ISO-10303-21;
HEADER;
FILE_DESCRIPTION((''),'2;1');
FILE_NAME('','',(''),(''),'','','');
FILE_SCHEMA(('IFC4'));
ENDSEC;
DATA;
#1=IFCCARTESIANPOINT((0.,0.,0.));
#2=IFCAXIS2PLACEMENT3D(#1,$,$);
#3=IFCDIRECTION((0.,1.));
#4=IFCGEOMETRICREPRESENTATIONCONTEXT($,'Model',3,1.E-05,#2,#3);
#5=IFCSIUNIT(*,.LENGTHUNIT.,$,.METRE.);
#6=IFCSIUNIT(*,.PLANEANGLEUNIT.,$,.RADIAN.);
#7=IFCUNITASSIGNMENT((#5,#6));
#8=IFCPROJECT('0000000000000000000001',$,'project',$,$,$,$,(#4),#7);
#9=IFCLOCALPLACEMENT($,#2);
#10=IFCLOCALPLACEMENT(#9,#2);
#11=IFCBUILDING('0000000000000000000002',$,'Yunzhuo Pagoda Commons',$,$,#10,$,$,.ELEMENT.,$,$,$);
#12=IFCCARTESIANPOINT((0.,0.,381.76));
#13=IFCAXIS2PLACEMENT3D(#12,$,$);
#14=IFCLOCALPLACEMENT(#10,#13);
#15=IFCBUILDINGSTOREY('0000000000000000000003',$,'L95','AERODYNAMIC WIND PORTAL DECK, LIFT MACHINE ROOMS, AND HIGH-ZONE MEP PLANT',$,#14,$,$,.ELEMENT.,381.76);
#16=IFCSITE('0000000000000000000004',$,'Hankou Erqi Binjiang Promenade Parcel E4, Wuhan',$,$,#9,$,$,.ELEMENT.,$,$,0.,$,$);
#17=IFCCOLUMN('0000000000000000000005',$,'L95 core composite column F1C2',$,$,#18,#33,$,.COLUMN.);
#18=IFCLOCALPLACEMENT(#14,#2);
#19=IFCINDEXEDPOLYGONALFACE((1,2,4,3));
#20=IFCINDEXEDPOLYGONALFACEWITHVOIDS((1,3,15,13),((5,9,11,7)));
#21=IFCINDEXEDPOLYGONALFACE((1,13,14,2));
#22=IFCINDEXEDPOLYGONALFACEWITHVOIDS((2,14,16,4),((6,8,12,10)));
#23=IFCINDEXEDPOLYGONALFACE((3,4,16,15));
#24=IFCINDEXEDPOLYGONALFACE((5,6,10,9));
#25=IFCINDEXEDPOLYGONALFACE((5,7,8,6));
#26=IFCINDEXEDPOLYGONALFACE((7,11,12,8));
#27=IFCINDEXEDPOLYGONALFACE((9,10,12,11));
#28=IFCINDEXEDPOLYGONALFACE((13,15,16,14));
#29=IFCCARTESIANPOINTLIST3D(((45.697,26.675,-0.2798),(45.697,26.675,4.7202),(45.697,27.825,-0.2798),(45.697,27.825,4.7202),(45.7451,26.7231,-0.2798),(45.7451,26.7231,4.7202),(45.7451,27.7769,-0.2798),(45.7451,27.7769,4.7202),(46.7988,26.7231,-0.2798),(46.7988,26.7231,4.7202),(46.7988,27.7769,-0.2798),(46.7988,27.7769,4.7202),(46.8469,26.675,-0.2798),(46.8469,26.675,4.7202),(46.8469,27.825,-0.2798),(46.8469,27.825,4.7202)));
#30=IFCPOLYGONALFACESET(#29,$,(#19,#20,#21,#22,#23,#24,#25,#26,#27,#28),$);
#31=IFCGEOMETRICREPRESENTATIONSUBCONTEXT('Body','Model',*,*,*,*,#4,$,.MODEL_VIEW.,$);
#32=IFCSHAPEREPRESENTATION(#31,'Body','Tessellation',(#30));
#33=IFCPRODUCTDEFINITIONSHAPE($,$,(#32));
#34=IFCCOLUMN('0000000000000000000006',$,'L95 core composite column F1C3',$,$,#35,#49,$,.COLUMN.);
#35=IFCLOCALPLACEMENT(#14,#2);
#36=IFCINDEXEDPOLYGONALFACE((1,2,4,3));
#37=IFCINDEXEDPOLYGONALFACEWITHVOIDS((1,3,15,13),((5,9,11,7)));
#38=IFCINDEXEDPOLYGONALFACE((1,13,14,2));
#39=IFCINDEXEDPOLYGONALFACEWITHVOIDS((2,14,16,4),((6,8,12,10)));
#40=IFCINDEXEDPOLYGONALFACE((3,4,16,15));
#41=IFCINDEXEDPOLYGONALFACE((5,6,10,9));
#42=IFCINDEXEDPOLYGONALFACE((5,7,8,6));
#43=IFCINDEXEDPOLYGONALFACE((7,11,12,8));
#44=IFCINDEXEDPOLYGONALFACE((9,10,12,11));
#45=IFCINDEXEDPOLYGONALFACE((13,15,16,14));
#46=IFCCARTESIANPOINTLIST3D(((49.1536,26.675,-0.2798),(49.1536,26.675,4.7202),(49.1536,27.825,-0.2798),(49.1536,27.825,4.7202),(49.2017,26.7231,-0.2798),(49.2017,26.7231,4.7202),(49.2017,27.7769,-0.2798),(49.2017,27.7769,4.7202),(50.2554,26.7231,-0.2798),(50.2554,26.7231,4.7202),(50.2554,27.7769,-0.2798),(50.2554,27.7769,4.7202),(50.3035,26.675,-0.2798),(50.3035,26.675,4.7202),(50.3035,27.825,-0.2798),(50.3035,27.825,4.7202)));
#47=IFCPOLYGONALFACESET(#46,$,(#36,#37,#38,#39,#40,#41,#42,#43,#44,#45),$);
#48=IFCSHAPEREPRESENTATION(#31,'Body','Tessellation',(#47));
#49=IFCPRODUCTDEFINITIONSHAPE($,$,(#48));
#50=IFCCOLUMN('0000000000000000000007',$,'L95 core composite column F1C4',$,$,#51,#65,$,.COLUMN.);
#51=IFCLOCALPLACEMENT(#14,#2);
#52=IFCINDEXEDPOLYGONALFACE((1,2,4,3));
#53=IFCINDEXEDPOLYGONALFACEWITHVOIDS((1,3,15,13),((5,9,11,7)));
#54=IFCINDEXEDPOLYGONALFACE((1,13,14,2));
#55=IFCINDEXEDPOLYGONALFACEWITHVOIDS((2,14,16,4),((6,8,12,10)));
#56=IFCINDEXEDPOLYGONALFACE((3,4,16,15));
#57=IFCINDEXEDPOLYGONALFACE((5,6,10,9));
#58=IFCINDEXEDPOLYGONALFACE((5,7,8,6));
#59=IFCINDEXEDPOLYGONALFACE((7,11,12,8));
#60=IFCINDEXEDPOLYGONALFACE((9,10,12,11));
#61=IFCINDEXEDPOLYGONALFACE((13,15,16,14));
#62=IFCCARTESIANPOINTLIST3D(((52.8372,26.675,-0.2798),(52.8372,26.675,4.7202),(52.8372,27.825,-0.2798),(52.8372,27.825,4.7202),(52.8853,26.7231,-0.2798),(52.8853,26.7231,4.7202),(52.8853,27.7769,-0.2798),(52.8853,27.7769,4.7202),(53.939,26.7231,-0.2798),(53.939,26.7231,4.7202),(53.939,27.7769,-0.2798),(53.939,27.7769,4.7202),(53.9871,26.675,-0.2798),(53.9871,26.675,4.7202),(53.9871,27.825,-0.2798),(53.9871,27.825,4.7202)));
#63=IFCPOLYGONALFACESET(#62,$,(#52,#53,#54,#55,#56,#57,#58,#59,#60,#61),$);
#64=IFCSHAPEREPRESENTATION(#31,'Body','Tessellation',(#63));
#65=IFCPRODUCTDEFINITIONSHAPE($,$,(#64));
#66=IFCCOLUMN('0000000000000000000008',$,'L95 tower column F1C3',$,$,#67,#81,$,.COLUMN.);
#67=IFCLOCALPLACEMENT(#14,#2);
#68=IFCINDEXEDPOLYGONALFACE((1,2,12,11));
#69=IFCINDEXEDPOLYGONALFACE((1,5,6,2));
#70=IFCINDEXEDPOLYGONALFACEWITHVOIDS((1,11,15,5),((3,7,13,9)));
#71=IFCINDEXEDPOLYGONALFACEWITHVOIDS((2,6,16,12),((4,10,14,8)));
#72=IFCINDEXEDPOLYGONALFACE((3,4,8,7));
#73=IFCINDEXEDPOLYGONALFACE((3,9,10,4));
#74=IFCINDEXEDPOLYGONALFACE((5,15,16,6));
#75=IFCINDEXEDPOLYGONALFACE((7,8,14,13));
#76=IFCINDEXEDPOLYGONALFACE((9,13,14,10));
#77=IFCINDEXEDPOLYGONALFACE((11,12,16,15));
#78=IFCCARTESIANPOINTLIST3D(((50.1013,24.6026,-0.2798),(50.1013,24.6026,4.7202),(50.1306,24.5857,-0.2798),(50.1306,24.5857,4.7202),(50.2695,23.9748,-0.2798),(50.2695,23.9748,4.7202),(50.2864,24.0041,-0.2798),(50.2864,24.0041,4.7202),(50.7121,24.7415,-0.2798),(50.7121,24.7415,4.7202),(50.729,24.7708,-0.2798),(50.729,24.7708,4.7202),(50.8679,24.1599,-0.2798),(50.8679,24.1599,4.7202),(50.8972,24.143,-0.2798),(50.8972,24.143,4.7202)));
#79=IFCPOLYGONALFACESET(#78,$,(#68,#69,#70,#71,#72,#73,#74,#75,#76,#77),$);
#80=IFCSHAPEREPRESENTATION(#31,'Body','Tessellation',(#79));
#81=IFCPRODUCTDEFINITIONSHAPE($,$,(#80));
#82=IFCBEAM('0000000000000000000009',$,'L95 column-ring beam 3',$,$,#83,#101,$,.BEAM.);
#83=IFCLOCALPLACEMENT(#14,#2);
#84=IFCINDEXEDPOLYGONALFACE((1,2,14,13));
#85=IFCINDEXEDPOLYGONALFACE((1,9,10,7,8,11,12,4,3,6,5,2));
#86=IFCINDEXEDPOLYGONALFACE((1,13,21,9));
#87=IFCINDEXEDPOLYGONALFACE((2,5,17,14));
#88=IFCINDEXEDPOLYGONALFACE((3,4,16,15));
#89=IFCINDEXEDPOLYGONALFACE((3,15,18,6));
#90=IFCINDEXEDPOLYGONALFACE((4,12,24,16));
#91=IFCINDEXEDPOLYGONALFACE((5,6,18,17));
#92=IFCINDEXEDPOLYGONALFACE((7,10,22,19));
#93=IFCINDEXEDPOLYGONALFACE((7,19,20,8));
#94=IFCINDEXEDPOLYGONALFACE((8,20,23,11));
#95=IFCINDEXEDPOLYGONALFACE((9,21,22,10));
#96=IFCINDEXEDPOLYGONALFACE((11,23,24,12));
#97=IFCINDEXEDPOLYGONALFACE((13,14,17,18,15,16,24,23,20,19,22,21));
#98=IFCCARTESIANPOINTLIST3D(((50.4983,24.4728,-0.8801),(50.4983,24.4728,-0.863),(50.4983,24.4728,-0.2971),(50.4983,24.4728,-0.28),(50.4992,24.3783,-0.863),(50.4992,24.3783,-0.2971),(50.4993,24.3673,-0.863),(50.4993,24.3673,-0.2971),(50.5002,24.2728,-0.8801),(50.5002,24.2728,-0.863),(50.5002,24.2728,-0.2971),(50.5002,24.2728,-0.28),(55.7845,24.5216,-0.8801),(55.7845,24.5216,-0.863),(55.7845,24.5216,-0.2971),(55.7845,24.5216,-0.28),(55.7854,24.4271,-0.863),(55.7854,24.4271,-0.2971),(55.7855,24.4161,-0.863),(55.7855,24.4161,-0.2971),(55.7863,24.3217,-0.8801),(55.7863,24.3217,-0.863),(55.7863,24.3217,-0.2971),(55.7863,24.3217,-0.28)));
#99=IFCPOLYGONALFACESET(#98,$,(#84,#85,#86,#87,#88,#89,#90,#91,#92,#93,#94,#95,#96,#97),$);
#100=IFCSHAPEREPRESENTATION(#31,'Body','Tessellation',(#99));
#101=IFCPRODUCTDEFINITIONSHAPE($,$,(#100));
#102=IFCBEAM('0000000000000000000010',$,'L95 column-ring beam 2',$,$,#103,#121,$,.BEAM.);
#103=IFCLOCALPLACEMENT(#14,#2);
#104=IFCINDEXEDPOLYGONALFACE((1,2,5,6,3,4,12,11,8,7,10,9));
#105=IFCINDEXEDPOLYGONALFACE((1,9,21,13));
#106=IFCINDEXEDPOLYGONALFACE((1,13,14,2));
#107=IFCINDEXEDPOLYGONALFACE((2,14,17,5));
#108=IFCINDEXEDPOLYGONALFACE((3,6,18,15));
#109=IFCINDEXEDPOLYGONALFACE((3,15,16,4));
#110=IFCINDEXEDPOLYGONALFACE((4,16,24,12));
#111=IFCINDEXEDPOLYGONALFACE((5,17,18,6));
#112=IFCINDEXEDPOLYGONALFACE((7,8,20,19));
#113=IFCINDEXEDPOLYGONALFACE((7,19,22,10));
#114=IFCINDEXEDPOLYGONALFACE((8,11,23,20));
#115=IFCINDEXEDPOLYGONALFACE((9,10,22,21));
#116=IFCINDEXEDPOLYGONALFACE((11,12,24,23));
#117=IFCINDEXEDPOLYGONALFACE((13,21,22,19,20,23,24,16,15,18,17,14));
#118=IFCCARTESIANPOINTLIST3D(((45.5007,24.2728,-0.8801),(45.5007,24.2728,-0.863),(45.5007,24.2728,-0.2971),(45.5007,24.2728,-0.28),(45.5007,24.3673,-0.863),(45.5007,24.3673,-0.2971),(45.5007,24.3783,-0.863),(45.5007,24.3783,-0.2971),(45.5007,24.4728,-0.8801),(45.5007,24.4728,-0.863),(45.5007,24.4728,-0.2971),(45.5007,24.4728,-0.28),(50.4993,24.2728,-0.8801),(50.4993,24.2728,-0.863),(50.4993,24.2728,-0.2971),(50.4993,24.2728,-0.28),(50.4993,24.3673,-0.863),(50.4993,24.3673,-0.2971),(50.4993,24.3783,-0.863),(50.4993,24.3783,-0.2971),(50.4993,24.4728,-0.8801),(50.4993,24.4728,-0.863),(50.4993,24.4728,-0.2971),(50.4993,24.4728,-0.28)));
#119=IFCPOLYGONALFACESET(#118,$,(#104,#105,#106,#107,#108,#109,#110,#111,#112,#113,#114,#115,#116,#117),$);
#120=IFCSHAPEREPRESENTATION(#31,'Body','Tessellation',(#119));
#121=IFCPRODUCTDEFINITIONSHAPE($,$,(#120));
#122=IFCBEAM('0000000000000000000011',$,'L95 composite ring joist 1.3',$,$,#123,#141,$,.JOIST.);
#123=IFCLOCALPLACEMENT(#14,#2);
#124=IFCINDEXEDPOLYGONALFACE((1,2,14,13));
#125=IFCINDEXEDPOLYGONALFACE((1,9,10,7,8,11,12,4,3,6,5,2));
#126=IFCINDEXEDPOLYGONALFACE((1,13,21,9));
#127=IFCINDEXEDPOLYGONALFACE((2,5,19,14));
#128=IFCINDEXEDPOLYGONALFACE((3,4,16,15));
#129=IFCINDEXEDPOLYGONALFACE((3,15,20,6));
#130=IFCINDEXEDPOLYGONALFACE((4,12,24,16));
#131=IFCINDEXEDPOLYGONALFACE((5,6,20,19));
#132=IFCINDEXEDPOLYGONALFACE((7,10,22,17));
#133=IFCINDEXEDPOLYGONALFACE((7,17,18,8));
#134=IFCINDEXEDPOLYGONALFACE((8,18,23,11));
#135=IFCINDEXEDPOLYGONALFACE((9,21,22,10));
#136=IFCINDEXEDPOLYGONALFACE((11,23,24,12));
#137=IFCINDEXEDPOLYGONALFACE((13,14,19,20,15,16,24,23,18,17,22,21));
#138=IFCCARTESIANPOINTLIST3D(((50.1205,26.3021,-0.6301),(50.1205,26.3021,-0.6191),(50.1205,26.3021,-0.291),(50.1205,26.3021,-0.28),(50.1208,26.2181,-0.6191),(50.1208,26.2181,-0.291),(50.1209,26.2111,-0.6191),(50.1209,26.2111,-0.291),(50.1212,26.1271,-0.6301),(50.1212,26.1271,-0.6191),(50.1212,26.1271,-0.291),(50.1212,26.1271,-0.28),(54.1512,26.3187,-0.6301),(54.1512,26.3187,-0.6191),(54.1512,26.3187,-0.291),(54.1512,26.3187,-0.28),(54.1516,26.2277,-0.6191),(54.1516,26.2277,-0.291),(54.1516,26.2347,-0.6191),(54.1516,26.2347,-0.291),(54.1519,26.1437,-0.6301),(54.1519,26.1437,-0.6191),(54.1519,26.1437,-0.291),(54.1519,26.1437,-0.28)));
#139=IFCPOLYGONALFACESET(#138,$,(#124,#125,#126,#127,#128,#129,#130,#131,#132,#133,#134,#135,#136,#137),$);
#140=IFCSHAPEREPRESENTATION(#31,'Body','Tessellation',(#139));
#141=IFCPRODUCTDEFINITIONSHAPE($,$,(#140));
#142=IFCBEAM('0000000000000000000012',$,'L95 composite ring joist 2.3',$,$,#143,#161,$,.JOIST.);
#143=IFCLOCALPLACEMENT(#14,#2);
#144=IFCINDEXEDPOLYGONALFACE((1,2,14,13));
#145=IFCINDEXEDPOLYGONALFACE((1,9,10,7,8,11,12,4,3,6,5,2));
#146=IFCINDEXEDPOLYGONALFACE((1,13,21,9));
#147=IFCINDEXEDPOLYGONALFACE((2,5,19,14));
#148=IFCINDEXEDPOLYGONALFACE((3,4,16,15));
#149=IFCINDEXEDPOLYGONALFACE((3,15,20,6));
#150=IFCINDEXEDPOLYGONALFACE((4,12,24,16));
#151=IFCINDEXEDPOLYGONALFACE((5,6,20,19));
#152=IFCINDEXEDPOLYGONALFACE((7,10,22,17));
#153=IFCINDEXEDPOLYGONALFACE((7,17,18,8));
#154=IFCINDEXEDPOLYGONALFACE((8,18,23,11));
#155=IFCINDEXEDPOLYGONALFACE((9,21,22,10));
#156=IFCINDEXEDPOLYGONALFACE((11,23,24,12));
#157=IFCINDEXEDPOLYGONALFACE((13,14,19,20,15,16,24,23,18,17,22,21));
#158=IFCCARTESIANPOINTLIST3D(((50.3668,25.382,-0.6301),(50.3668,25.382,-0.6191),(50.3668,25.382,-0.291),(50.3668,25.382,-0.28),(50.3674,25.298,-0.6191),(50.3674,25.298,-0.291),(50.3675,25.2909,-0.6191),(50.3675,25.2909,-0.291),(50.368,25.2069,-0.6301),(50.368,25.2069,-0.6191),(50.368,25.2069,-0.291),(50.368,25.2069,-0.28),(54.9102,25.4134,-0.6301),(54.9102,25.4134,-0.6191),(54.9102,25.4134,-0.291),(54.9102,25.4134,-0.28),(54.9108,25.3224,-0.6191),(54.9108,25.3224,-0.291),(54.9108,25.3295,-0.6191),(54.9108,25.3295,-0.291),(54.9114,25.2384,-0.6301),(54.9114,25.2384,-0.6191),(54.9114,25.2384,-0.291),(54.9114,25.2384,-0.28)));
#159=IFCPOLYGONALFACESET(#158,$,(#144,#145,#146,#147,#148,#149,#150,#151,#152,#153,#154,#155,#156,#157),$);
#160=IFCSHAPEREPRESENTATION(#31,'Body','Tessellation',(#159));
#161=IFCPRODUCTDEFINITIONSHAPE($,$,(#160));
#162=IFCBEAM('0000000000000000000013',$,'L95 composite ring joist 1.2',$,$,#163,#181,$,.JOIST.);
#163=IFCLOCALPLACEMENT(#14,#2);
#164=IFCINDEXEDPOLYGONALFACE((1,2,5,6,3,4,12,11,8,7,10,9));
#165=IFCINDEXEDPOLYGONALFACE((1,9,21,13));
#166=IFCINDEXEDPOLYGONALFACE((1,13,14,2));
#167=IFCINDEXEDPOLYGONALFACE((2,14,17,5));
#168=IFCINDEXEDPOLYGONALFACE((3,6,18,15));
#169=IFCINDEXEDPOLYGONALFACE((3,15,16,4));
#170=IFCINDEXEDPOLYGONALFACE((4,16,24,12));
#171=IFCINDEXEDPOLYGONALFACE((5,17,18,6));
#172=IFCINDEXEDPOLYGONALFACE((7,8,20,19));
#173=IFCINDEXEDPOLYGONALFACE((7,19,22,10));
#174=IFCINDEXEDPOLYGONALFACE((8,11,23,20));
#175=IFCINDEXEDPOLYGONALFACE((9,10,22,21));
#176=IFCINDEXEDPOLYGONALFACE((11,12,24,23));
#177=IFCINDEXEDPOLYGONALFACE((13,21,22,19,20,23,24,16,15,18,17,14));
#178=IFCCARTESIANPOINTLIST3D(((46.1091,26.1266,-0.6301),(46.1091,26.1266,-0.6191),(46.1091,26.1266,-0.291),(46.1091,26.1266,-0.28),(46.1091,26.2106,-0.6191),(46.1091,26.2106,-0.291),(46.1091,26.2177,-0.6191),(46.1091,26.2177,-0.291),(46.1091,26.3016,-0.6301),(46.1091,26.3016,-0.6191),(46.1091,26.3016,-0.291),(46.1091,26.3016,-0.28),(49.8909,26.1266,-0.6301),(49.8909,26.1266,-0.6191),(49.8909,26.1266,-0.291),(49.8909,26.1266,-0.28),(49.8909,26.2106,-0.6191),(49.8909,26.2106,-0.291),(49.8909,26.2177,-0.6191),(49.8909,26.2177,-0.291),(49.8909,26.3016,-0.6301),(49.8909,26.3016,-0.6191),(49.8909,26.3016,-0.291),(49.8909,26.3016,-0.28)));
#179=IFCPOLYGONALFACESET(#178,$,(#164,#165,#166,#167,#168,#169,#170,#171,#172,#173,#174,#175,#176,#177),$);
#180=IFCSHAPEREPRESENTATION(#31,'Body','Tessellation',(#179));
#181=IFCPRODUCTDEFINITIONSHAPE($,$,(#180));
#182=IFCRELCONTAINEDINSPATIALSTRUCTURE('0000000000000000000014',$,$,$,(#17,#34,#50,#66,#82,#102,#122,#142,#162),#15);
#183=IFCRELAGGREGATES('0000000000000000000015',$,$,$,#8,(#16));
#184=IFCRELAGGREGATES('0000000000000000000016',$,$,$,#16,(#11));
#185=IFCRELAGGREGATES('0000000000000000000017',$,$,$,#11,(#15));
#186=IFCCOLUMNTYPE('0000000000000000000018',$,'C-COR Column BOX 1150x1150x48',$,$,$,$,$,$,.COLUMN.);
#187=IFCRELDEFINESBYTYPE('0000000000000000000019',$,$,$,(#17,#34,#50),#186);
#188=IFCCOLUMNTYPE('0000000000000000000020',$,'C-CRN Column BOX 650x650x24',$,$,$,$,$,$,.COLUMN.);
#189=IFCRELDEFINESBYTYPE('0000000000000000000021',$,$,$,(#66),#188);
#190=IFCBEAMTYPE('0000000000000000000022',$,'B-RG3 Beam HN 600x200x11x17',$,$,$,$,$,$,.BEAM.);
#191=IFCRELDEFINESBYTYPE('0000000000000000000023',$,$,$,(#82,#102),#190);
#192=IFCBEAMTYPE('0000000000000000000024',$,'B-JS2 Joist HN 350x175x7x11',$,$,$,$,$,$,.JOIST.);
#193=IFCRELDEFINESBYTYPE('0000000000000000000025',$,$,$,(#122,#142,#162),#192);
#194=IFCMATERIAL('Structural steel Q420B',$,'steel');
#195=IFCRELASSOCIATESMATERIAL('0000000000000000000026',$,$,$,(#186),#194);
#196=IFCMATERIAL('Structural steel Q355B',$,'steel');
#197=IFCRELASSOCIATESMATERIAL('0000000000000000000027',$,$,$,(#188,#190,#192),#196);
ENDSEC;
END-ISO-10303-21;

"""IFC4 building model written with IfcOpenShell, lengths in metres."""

from ifc_helpers import new_model, si_unit, direction, frame, origin, origin_2d, place, context, subcontext, project, spatial, hollow_rectangle, i_section, extrude, source, transform, mapped, material, material_profile, profile_set, type_object, element, save


model = new_model("IFC4")

# Units and contexts
model_context = context("Model", 3, precision=1e-05, world=origin(), true_north=direction((0.0, 1.0)))
body_context = subcontext(model_context, "Body", "Model", "MODEL_VIEW")
ifc_project = project(units=[si_unit("LENGTHUNIT", "METRE"), si_unit("PLANEANGLEUNIT", "RADIAN")], contexts=[model_context])

# Site, building, storey
site_placement = place(None, origin())
site = spatial("IfcSite", under=ifc_project, at=site_placement, Name="Hankou Erqi Binjiang Promenade Parcel E4, Wuhan", CompositionType="ELEMENT", RefElevation=0.0)
building_placement = place(site_placement, origin())
building = spatial("IfcBuilding", under=site, at=building_placement, Name="Yunzhuo Pagoda Commons", CompositionType="ELEMENT")
storey_placement = place(building_placement, frame((0.0, 0.0, 381.76)))
storey = spatial("IfcBuildingStorey", under=building, at=storey_placement, Name="L95", Description="AERODYNAMIC WIND PORTAL DECK, LIFT MACHINE ROOMS, AND HIGH-ZONE MEP PLANT", CompositionType="ELEMENT", Elevation=381.76)

# Columns
ifc_material_1 = material(Name="Structural steel Q420B", Category="steel")
ifc_material_profile_1 = material_profile(ifc_material_1, hollow_rectangle(XDim=1.1499, YDim=1.1499, WallThickness=0.0481, at=origin_2d()), Name="Structural steel Q420B")
ifc_profile_set_1 = profile_set([ifc_material_profile_1], Name="Structural steel Q420B")
column_type_1 = type_object("IfcColumnType", Name="C-COR Column BOX 1150x1150x48", PredefinedType="COLUMN", material=ifc_profile_set_1)
shared_shape_1 = source(origin(), body_context, "Body", "SweptSolid", [
    extrude(hollow_rectangle(XDim=1.1499, YDim=1.1499, WallThickness=0.0481, at=origin_2d()), origin(), (0.0, 0.0, 1.0), 5.0),
])
for number, where, z_axis, x_axis, name in (
    (1, (46.272, 27.25, -0.2798), (0.0, 0.0, 1.0), (1.0, 0.0, 0.0), "L95 core composite column F1C2"),
    (2, (49.7285, 27.25, -0.2798), (0.0, 0.0, 1.0), (1.0, 0.0, 0.0), "L95 core composite column F1C3"),
    (3, (53.4121, 27.25, -0.2798), (0.0, 0.0, 1.0), (1.0, 0.0, 0.0), "L95 core composite column F1C4"),
):
    element("IfcColumn", number, at=place(storey_placement, frame(where, z_axis=z_axis, x_axis=x_axis)), inside=storey, type_object=column_type_1, Name=name, PredefinedType="COLUMN", context=body_context, shape_type="MappedRepresentation", body=[
        mapped(shared_shape_1, transform((0.0, 0.0, 0.0), scale=1.0)),
    ])
ifc_material_2 = material(Name="Structural steel Q355B", Category="steel")
ifc_material_profile_2 = material_profile(ifc_material_2, hollow_rectangle(XDim=0.6499, YDim=0.6499, WallThickness=0.0239, at=origin_2d()), Name="Structural steel Q355B")
ifc_profile_set_2 = profile_set([ifc_material_profile_2], Name="Structural steel Q355B")
column_type_2 = type_object("IfcColumnType", Name="C-CRN Column BOX 650x650x24", PredefinedType="COLUMN", material=ifc_profile_set_2)
shared_shape_2 = source(origin(), body_context, "Body", "SweptSolid", [
    extrude(hollow_rectangle(XDim=0.6499, YDim=0.6499, WallThickness=0.0239, at=origin_2d()), origin(), (0.0, 0.0, 1.0), 5.0),
])
column_placement = place(storey_placement, frame((50.4993, 24.3728, -0.2798), z_axis=(0.0, 0.0, 1.0), x_axis=(0.965926, 0.258819, 0.0)))
element("IfcColumn", 4, at=column_placement, inside=storey, type_object=column_type_2, Name="L95 tower column F1C3", PredefinedType="COLUMN", context=body_context, shape_type="MappedRepresentation", body=[
    mapped(shared_shape_2, transform((0.0, 0.0, 0.0), scale=1.0)),
])

# Beams
ifc_material_profile_3 = material_profile(ifc_material_2, i_section(OverallWidth=0.2, OverallDepth=0.6001, WebThickness=0.011, FlangeThickness=0.0171, at=origin_2d()), Name="Structural steel Q355B")
ifc_profile_set_3 = profile_set([ifc_material_profile_3], Name="Structural steel Q355B")
beam_type_1 = type_object("IfcBeamType", Name="B-RG3 Beam HN 600x200x11x17", PredefinedType="BEAM", material=ifc_profile_set_3)
shared_shape_3 = source(origin(), body_context, "Body", "SweptSolid", [
    extrude(i_section(OverallWidth=0.2, OverallDepth=0.6001, WebThickness=0.011, FlangeThickness=0.0171, at=origin_2d()), origin(), (0.0, 0.0, 1.0), 5.2864),
])
beam_1_placement = place(storey_placement, frame((50.4993, 24.3728, -0.5801), z_axis=(0.999957, 0.009237, 0.0), x_axis=(-0.009237, 0.999957, 0.0)))
element("IfcBeam", 5, at=beam_1_placement, inside=storey, type_object=beam_type_1, Name="L95 column-ring beam 3", PredefinedType="BEAM", context=body_context, shape_type="MappedRepresentation", body=[
    mapped(shared_shape_3, transform((0.0, 0.0, 0.0), scale=1.0)),
])
shared_shape_4 = source(origin(), body_context, "Body", "SweptSolid", [
    extrude(i_section(OverallWidth=0.2, OverallDepth=0.6001, WebThickness=0.011, FlangeThickness=0.0171, at=origin_2d()), origin(), (0.0, 0.0, 1.0), 4.9985),
])
beam_2_placement = place(storey_placement, frame((45.5007, 24.3728, -0.5801), z_axis=(1.0, 0.0, 0.0), x_axis=(0.0, 1.0, 0.0)))
element("IfcBeam", 6, at=beam_2_placement, inside=storey, type_object=beam_type_1, Name="L95 column-ring beam 2", PredefinedType="BEAM", context=body_context, shape_type="MappedRepresentation", body=[
    mapped(shared_shape_4, transform((0.0, 0.0, 0.0), scale=1.0)),
])
ifc_material_profile_4 = material_profile(ifc_material_2, i_section(OverallWidth=0.175, OverallDepth=0.3501, WebThickness=0.0071, FlangeThickness=0.011, at=origin_2d()), Name="Structural steel Q355B")
ifc_profile_set_4 = profile_set([ifc_material_profile_4], Name="Structural steel Q355B")
beam_type_2 = type_object("IfcBeamType", Name="B-JS2 Joist HN 350x175x7x11", PredefinedType="JOIST", material=ifc_profile_set_4)
shared_shape_5 = source(origin(), body_context, "Body", "SweptSolid", [
    extrude(i_section(OverallWidth=0.175, OverallDepth=0.3501, WebThickness=0.0071, FlangeThickness=0.011, at=origin_2d()), origin(), (0.0, 0.0, 1.0), 4.0308),
])
beam_3_placement = place(storey_placement, frame((50.1208, 26.2146, -0.4551), z_axis=(0.999992, 0.004119, 0.0), x_axis=(-0.004119, 0.999992, 0.0)))
element("IfcBeam", 7, at=beam_3_placement, inside=storey, type_object=beam_type_2, Name="L95 composite ring joist 1.3", PredefinedType="JOIST", context=body_context, shape_type="MappedRepresentation", body=[
    mapped(shared_shape_5, transform((0.0, 0.0, 0.0), scale=1.0)),
])
shared_shape_6 = source(origin(), body_context, "Body", "SweptSolid", [
    extrude(i_section(OverallWidth=0.175, OverallDepth=0.3501, WebThickness=0.0071, FlangeThickness=0.011, at=origin_2d()), origin(), (0.0, 0.0, 1.0), 4.5435),
])
beam_4_placement = place(storey_placement, frame((50.3674, 25.2944, -0.4551), z_axis=(0.999976, 0.006932, 0.0), x_axis=(-0.006932, 0.999976, 0.0)))
element("IfcBeam", 8, at=beam_4_placement, inside=storey, type_object=beam_type_2, Name="L95 composite ring joist 2.3", PredefinedType="JOIST", context=body_context, shape_type="MappedRepresentation", body=[
    mapped(shared_shape_6, transform((0.0, 0.0, 0.0), scale=1.0)),
])
shared_shape_7 = source(origin(), body_context, "Body", "SweptSolid", [
    extrude(i_section(OverallWidth=0.175, OverallDepth=0.3501, WebThickness=0.0071, FlangeThickness=0.011, at=origin_2d()), origin(), (0.0, 0.0, 1.0), 3.7817),
])
beam_5_placement = place(storey_placement, frame((46.1091, 26.2141, -0.4551), z_axis=(1.0, 0.0, 0.0), x_axis=(0.0, 1.0, 0.0)))
element("IfcBeam", 9, at=beam_5_placement, inside=storey, type_object=beam_type_2, Name="L95 composite ring joist 1.2", PredefinedType="JOIST", context=body_context, shape_type="MappedRepresentation", body=[
    mapped(shared_shape_7, transform((0.0, 0.0, 0.0), scale=1.0)),
])

save(model, "model.ifc")
